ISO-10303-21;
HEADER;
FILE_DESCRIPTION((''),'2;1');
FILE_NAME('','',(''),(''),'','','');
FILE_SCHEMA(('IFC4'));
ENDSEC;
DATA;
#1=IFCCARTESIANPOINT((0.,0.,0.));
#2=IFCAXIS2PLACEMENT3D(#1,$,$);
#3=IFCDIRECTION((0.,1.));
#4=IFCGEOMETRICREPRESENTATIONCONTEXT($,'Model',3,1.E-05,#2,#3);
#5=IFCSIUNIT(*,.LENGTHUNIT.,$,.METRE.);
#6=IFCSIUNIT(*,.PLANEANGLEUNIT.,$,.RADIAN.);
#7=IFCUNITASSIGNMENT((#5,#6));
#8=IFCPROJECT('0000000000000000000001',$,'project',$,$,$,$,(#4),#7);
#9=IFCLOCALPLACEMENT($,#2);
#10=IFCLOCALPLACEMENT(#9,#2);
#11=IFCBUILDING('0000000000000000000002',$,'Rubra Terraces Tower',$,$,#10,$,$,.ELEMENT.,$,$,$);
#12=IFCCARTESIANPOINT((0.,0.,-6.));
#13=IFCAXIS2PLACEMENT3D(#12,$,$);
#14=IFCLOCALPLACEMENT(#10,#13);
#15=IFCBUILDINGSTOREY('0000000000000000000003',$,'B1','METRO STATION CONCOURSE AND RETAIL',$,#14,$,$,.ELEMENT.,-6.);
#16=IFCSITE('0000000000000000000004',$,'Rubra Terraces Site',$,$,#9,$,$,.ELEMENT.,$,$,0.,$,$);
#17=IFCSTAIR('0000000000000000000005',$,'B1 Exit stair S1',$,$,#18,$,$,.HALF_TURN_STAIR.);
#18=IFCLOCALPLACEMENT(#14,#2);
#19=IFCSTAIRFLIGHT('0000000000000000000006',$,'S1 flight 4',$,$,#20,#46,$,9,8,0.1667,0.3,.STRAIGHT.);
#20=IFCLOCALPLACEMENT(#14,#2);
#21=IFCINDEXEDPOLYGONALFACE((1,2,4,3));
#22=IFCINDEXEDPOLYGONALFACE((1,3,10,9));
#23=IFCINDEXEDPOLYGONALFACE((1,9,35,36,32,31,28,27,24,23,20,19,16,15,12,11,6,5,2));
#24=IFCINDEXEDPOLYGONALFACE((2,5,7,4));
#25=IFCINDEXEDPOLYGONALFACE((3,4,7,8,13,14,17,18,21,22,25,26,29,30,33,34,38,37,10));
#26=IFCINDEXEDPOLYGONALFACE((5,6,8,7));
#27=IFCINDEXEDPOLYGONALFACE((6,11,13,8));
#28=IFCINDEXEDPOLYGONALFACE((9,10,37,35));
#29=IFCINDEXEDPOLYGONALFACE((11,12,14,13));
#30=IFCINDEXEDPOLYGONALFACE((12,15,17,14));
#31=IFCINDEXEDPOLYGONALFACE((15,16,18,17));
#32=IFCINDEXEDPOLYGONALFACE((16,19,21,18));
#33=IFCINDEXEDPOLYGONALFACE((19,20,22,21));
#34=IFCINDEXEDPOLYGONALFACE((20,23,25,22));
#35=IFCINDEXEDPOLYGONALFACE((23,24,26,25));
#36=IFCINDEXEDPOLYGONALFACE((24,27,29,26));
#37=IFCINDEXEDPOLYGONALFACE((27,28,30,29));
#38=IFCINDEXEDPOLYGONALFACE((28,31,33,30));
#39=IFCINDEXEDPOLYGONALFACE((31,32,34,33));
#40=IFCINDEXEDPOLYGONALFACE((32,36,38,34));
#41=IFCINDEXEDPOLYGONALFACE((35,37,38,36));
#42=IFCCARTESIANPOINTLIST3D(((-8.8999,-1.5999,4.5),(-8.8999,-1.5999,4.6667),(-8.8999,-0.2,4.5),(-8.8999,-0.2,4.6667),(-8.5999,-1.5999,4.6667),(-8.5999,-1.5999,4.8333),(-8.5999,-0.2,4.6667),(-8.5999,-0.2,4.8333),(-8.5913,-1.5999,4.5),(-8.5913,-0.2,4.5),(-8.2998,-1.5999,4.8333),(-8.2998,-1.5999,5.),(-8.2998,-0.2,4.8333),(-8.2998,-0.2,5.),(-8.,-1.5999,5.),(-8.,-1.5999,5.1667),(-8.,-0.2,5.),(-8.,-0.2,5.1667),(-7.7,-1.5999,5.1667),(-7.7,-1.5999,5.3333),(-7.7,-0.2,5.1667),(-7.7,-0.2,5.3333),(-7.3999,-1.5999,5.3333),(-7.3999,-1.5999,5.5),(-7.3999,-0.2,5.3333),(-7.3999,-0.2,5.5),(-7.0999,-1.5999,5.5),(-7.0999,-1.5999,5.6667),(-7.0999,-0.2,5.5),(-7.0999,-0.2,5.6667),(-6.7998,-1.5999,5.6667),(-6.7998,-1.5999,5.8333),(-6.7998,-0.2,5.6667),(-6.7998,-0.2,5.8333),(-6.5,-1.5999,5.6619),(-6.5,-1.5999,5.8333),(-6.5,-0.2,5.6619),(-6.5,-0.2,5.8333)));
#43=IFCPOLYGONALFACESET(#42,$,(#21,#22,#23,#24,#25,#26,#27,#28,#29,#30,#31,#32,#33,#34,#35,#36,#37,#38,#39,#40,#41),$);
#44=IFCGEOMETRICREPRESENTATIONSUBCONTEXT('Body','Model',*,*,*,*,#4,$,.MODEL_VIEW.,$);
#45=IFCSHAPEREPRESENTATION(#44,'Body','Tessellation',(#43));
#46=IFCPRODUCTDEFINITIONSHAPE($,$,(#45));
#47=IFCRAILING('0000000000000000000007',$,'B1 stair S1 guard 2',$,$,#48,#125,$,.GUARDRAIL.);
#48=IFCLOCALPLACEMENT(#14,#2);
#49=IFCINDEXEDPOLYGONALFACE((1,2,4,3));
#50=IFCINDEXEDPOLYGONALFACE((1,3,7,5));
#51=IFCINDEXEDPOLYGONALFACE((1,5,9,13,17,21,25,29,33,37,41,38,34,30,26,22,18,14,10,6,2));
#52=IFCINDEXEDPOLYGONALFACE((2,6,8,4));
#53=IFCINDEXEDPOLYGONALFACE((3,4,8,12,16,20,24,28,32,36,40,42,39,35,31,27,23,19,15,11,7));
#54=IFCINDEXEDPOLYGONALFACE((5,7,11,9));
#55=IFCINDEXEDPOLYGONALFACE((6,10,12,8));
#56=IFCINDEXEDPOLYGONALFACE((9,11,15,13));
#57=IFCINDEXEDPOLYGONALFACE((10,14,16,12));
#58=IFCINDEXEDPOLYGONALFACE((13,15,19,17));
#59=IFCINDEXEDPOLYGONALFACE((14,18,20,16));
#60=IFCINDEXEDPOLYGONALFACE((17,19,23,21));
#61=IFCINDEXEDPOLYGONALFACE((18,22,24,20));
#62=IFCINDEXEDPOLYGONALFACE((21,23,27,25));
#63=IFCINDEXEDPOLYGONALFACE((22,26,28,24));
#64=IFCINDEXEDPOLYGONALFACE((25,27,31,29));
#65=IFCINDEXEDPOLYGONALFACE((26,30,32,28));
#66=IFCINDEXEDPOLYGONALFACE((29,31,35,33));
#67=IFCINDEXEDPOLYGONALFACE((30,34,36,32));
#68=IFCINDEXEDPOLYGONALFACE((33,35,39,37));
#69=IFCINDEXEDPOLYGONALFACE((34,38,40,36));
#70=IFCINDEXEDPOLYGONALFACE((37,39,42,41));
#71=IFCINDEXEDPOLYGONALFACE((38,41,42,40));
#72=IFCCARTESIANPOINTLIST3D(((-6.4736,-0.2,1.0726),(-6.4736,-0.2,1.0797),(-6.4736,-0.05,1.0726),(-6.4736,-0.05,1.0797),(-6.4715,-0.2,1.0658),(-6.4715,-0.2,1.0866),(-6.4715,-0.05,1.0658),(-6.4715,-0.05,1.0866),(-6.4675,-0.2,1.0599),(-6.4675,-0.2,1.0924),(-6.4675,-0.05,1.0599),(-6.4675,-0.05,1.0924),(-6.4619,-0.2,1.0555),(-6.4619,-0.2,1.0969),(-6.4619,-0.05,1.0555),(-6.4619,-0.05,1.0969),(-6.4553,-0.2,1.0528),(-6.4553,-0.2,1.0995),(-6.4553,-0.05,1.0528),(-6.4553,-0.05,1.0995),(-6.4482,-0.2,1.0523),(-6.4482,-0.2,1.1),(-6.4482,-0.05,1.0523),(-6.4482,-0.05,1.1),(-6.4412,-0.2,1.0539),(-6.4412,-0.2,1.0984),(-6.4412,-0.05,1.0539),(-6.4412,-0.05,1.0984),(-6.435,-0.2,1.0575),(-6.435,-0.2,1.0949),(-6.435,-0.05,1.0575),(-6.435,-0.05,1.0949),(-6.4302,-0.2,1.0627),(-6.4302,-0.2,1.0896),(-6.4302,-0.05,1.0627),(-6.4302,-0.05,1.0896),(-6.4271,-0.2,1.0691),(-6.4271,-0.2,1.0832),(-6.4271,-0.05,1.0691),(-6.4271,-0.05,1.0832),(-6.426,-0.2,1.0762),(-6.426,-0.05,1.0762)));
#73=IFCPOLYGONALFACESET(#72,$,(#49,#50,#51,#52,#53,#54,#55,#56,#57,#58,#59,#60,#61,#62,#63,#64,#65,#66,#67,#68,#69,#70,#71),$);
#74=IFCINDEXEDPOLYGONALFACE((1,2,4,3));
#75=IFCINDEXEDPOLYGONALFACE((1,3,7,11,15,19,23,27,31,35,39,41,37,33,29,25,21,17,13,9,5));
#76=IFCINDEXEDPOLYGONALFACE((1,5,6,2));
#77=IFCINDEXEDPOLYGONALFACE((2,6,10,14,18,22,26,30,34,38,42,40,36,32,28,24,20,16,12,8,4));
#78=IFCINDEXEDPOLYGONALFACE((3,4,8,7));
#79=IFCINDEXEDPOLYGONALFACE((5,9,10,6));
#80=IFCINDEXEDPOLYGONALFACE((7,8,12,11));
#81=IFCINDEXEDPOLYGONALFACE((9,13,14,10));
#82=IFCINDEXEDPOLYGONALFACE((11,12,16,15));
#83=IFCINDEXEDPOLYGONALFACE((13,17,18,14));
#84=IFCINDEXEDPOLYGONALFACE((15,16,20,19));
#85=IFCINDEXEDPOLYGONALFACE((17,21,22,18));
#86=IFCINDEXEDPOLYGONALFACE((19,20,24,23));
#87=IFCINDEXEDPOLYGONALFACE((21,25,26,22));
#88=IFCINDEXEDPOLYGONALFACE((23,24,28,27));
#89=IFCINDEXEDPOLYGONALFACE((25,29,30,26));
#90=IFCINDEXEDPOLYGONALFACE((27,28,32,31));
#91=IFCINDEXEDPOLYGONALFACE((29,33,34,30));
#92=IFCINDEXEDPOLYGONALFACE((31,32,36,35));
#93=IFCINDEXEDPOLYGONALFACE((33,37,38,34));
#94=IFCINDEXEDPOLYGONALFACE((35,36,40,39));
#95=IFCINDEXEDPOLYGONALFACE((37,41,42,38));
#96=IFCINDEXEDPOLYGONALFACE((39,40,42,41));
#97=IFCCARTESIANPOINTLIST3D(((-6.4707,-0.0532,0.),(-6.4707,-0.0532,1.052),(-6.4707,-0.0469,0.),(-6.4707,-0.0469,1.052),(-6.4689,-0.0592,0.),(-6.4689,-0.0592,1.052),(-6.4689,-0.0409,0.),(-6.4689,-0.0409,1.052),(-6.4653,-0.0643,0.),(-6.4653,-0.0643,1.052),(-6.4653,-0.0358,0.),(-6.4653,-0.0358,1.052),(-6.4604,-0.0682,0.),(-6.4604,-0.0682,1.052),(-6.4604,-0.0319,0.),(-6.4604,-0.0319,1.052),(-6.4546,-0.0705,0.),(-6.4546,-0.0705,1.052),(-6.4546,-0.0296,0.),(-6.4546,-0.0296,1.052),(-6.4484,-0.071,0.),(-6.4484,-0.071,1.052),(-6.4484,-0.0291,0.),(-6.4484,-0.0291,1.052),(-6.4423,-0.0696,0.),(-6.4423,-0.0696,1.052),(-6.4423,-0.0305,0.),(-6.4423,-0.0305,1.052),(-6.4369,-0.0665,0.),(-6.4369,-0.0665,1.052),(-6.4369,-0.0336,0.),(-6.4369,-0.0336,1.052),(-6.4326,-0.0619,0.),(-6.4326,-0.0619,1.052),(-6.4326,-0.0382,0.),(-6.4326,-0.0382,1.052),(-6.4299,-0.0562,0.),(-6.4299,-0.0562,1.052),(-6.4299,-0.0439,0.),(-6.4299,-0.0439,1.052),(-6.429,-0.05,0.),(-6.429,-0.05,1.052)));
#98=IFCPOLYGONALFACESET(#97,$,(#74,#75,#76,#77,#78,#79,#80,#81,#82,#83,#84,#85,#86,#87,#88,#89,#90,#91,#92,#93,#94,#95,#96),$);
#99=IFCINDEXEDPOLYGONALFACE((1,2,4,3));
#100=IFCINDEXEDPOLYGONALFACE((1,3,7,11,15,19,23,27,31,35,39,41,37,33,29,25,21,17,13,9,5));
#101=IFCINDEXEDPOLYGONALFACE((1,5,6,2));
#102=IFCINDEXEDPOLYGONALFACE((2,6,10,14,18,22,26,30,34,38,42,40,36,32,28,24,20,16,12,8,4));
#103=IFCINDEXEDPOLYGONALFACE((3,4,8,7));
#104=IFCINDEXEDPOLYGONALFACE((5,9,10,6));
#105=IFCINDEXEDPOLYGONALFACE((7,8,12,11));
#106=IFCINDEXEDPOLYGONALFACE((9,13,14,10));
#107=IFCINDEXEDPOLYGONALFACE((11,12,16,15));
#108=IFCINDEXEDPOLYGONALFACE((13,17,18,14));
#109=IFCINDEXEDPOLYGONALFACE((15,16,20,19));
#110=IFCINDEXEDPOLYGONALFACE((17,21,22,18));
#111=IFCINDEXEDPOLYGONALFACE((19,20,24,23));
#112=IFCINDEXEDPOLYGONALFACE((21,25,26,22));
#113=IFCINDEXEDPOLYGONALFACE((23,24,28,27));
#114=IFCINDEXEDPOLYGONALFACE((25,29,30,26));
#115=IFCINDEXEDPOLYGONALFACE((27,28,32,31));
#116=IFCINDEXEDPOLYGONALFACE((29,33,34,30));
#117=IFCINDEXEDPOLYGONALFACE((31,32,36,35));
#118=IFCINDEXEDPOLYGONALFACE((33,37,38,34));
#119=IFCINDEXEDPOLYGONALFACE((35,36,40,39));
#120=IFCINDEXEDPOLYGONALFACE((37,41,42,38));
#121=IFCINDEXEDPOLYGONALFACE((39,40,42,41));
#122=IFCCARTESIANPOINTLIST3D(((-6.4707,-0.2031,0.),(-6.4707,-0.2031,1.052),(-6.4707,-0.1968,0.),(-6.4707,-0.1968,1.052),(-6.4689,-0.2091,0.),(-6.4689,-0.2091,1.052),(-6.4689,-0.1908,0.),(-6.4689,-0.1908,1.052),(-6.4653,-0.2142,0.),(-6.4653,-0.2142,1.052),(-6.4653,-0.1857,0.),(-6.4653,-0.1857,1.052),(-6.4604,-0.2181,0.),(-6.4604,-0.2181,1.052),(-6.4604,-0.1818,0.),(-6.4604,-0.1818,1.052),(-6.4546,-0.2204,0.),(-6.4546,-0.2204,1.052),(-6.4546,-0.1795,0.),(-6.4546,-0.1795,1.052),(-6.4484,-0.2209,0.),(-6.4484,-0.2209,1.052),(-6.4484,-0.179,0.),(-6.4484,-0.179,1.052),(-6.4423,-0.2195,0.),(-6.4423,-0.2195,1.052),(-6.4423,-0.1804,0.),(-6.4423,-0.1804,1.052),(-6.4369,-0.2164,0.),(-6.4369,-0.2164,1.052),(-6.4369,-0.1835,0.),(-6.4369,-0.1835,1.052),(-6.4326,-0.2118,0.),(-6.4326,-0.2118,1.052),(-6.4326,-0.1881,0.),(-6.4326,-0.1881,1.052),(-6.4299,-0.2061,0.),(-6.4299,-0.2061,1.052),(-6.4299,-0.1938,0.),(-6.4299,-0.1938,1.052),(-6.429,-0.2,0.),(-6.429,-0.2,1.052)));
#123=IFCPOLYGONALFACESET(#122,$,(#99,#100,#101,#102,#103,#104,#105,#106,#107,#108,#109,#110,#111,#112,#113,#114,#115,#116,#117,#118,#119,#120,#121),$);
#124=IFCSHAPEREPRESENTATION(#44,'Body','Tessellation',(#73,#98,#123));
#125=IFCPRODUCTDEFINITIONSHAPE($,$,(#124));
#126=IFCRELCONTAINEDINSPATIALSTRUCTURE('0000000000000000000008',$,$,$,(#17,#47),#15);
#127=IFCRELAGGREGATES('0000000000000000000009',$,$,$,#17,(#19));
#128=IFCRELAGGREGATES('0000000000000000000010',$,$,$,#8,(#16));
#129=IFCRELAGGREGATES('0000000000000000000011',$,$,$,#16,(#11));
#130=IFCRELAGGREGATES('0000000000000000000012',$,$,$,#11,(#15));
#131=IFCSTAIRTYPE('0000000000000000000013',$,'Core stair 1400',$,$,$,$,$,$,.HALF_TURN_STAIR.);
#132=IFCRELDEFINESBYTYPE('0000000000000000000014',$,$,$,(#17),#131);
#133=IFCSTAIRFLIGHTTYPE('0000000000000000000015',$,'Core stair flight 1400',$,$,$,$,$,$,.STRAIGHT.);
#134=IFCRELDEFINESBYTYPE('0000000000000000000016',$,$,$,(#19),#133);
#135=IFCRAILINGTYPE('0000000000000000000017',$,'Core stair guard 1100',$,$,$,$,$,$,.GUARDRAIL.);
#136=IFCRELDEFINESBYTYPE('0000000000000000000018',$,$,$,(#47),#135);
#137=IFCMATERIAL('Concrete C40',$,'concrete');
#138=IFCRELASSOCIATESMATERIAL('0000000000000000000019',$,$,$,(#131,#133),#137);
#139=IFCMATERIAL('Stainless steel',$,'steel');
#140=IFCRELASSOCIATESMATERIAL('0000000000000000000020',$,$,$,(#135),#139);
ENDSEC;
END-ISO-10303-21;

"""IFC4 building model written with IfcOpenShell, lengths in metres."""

from ifc_helpers import new_model, si_unit, direction, frame, origin, origin_2d, place, context, subcontext, project, spatial, polyline, circle, outline, extrude, material, type_object, element, aggregate, save


model = new_model("IFC4")

# Units and contexts
model_context = context("Model", 3, precision=1e-05, world=origin(), true_north=direction((0.0, 1.0)))
body_context = subcontext(model_context, "Body", "Model", "MODEL_VIEW")
ifc_project = project(units=[si_unit("LENGTHUNIT", "METRE"), si_unit("PLANEANGLEUNIT", "RADIAN")], contexts=[model_context])

# Site, building, storey
site_placement = place(None, origin())
site = spatial("IfcSite", under=ifc_project, at=site_placement, Name="Rubra Terraces Site", CompositionType="ELEMENT", RefElevation=0.0)
building_placement = place(site_placement, origin())
building = spatial("IfcBuilding", under=site, at=building_placement, Name="Rubra Terraces Tower", CompositionType="ELEMENT")
storey_placement = place(building_placement, frame((0.0, 0.0, -6.0)))
storey = spatial("IfcBuildingStorey", under=building, at=storey_placement, Name="B1", Description="METRO STATION CONCOURSE AND RETAIL", CompositionType="ELEMENT", Elevation=-6.0)

# Shared definitions
ifc_material_1 = material(Name="Concrete C40", Category="concrete")

# Stair, stair flight
stair_type_1 = type_object("IfcStairType", Name="Core stair 1400", PredefinedType="HALF_TURN_STAIR", material=ifc_material_1)
stair_1_placement = place(storey_placement, origin())
stair_1 = element("IfcStair", 1, at=stair_1_placement, inside=storey, type_object=stair_type_1, Name="B1 Exit stair S1", PredefinedType="HALF_TURN_STAIR")
stair_flight_type = type_object("IfcStairFlightType", Name="Core stair flight 1400", PredefinedType="STRAIGHT", material=ifc_material_1)
stair_flight_1_placement = place(storey_placement, frame((-8.8999, -0.8999, 4.5), z_axis=(0.0, 0.0, 1.0), x_axis=(1.0, 0.0, 0.0)))
stair_flight_1 = element("IfcStairFlight", 2, at=stair_flight_1_placement, type_object=stair_flight_type, Name="S1 flight 4", NumberOfRisers=9, NumberOfTreads=8, PredefinedType="STRAIGHT", RiserHeight=0.1667, TreadLength=0.3, context=body_context, shape_type="SweptSolid", body=[
    extrude(outline(polyline([(0.0, 0.0), (0.0, 0.1667), (0.3, 0.1667), (0.3, 0.3333), (0.6001, 0.3333), (0.6001, 0.5), (0.8999, 0.5), (0.8999, 0.6667), (1.2, 0.6667), (1.2, 0.8333), (1.5, 0.8333), (1.5, 1.0), (1.8, 1.0), (1.8, 1.1667), (2.1001, 1.1667), (2.1001, 1.3333), (2.3999, 1.3333), (2.3999, 1.5), (2.3999, 1.1619), (0.3086, 0.0), (0.0, 0.0)])), frame((0.0, 0.7, 0.0), z_axis=(0.0, -1.0, 0.0), x_axis=(1.0, 0.0, 0.0)), (0.0, 0.0, 1.0), 1.3999),
])
aggregate(stair_1, [stair_flight_1])

# Railing
ifc_material_2 = material(Name="Stainless steel", Category="steel")
railing_type = type_object("IfcRailingType", Name="Core stair guard 1100", PredefinedType="GUARDRAIL", material=ifc_material_2)
railing_1_placement = place(storey_placement, frame((-6.45, -0.05, 0.0)))
element("IfcRailing", 3, at=railing_1_placement, inside=storey, type_object=railing_type, Name="B1 stair S1 guard 2", PredefinedType="GUARDRAIL", context=body_context, shape_type="SweptSolid", body=[
    extrude(circle(Radius=0.0239, at=origin_2d()), frame((0.0, 0.0, 1.0762), z_axis=(0.0, -1.0, 0.0), x_axis=(1.0, 0.0, 0.0)), (0.0, 0.0, 1.0), 0.1499),
    extrude(circle(Radius=0.021, at=origin_2d()), origin(), (0.0, 0.0, 1.0), 1.052),
    extrude(circle(Radius=0.021, at=origin_2d()), frame((0.0, -0.1499, 0.0)), (0.0, 0.0, 1.0), 1.052),
])

save(model, "model.ifc")
